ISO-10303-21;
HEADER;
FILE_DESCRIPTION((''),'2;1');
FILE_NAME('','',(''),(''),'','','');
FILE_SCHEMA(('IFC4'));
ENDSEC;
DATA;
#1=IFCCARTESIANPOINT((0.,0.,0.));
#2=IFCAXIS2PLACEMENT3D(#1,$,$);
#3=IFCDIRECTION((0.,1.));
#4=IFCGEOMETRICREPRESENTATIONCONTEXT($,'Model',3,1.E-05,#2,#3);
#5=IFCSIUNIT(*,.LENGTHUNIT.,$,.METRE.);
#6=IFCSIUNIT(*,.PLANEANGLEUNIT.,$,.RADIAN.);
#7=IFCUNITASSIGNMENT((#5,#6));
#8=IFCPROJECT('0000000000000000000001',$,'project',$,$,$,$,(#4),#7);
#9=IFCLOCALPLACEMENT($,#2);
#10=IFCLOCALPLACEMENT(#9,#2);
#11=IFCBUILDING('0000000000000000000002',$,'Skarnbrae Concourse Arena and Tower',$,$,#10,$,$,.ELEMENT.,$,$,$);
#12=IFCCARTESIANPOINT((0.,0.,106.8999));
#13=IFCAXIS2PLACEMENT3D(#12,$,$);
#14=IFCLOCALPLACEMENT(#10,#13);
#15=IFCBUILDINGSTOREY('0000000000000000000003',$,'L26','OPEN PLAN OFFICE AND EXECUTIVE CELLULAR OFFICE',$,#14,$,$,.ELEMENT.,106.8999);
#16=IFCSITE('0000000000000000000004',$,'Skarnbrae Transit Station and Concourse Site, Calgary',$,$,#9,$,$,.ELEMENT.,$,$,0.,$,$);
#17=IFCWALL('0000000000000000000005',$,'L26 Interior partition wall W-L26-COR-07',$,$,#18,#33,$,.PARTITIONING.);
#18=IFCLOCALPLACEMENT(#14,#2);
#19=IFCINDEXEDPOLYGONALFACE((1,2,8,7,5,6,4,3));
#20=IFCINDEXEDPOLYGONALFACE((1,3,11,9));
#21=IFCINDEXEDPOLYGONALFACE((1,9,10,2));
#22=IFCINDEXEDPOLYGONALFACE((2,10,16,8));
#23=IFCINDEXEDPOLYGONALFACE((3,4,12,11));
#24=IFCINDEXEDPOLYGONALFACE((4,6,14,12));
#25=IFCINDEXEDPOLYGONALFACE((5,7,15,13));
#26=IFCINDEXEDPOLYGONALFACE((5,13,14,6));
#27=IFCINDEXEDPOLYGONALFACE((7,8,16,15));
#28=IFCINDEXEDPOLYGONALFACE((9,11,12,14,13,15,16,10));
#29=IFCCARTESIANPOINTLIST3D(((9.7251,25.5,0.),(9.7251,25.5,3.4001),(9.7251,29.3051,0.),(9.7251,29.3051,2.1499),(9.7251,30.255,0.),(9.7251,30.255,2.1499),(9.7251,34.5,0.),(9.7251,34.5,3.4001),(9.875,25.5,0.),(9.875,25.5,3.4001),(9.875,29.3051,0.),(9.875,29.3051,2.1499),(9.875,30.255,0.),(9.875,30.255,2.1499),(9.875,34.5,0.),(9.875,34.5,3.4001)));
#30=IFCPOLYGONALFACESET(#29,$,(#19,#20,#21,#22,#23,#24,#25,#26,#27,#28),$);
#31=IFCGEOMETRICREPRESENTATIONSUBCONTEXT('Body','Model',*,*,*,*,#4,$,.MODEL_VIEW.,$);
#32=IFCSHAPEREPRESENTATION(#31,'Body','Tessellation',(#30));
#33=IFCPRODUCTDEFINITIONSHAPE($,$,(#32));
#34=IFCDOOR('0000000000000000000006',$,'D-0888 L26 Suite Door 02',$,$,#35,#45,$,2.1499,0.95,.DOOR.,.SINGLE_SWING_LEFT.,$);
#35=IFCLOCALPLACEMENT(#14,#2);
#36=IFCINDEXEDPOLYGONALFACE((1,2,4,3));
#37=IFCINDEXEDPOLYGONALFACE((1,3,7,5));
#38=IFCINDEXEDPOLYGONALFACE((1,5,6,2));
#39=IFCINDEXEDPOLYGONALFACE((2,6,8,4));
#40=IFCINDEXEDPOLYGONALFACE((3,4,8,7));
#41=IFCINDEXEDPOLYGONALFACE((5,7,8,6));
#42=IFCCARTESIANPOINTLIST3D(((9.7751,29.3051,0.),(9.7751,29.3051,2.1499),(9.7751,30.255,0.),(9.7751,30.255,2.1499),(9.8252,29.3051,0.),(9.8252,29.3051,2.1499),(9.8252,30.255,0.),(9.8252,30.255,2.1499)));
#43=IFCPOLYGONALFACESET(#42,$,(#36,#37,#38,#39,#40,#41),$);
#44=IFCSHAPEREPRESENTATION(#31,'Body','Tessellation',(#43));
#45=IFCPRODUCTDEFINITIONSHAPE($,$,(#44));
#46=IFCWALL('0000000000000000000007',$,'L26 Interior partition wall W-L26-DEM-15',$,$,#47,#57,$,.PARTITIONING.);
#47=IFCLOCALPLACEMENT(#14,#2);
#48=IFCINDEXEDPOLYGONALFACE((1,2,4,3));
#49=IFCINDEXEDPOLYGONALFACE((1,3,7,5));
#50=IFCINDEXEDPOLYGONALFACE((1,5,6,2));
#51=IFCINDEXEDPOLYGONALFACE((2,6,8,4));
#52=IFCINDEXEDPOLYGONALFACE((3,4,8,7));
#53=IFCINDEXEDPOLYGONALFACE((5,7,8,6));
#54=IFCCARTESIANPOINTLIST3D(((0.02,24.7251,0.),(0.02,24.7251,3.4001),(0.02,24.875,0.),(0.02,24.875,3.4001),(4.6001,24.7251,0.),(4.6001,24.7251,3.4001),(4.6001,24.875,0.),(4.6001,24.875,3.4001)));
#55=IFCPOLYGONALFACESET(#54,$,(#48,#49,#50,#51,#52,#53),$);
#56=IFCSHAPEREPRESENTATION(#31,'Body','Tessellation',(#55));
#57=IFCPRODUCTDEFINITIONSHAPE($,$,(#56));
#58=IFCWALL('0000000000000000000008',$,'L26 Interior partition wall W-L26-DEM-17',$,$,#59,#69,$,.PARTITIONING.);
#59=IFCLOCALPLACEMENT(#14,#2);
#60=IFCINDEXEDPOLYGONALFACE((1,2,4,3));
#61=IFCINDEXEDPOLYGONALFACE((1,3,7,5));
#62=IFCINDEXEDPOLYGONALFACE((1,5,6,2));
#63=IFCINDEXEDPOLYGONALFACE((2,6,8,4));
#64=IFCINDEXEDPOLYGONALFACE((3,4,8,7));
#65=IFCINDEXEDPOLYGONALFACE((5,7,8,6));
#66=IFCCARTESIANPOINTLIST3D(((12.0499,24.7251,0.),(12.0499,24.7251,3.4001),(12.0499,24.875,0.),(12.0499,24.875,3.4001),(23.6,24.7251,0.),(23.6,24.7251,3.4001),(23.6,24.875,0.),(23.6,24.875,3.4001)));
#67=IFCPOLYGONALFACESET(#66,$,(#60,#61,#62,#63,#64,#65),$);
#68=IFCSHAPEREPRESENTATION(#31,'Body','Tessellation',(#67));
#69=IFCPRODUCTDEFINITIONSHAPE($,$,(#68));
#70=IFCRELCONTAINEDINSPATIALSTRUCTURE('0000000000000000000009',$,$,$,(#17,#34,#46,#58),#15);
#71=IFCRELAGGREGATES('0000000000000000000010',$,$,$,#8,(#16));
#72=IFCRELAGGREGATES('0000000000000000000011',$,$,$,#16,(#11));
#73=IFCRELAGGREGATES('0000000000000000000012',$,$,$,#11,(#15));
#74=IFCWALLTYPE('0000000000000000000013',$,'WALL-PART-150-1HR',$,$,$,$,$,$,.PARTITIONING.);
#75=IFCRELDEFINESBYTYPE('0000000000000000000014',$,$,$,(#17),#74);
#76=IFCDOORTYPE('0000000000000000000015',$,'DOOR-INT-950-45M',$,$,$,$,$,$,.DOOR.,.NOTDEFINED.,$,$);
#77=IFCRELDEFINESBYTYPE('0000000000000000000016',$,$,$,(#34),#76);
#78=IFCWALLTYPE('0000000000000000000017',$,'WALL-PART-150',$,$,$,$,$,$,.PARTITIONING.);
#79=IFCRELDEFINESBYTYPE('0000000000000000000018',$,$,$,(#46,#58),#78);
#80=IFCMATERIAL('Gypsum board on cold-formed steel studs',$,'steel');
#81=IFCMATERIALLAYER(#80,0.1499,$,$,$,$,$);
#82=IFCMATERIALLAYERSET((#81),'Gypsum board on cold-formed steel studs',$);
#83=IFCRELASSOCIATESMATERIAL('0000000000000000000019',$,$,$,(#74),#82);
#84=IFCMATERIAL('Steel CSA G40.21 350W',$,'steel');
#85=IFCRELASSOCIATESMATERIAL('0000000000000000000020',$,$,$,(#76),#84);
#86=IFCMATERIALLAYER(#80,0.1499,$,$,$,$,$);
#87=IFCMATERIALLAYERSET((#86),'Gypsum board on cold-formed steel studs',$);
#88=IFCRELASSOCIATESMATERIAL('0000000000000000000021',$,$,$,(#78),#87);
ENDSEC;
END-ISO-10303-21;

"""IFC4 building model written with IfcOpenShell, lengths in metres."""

from ifc_helpers import new_model, si_unit, direction, frame, frame_2d, origin, place, context, subcontext, project, spatial, rectangle, extrude, source, transform, mapped, material, layer, layer_set, type_object, element, fill, save


model = new_model("IFC4")

# Units and contexts
model_context = context("Model", 3, precision=1e-05, world=origin(), true_north=direction((0.0, 1.0)))
body_context = subcontext(model_context, "Body", "Model", "MODEL_VIEW")
ifc_project = project(units=[si_unit("LENGTHUNIT", "METRE"), si_unit("PLANEANGLEUNIT", "RADIAN")], contexts=[model_context])

# Site, building, storey
site_placement = place(None, origin())
site = spatial("IfcSite", under=ifc_project, at=site_placement, Name="Skarnbrae Transit Station and Concourse Site, Calgary", CompositionType="ELEMENT", RefElevation=0.0)
building_placement = place(site_placement, origin())
building = spatial("IfcBuilding", under=site, at=building_placement, Name="Skarnbrae Concourse Arena and Tower", CompositionType="ELEMENT")
storey_placement = place(building_placement, frame((0.0, 0.0, 106.8999)))
storey = spatial("IfcBuildingStorey", under=building, at=storey_placement, Name="L26", Description="OPEN PLAN OFFICE AND EXECUTIVE CELLULAR OFFICE", CompositionType="ELEMENT", Elevation=106.8999)

# Shared definitions
ifc_material_1 = material(Name="Steel CSA G40.21 350W", Category="steel")

# Shared definitions
ifc_material_2 = material(Name="Gypsum board on cold-formed steel studs", Category="steel")
ifc_layer_1 = layer(ifc_material_2, 0.1499)
ifc_layer_set_1 = layer_set([ifc_layer_1], Name="Gypsum board on cold-formed steel studs")
wall_type_1 = type_object("IfcWallType", Name="WALL-PART-150-1HR", PredefinedType="PARTITIONING", material=ifc_layer_set_1)

# Wall, opening, door
shared_shape_1 = source(origin(), body_context, "Body", "SweptSolid", [
    extrude(rectangle(XDim=9.0, YDim=0.1499, at=frame_2d((4.5, 0.0))), origin(), (0.0, 0.0, 1.0), 3.4001),
])
wall_1_placement = place(storey_placement, frame((9.8, 25.5, 0.0), z_axis=(0.0, 0.0, 1.0), x_axis=(0.0, 1.0, 0.0)))
wall_1 = element("IfcWall", 1, at=wall_1_placement, inside=storey, type_object=wall_type_1, Name="L26 Interior partition wall W-L26-COR-07", PredefinedType="PARTITIONING", context=body_context, shape_type="MappedRepresentation", body=[
    mapped(shared_shape_1, transform((0.0, 0.0, 0.0))),
])
opening_placement = place(wall_1_placement, frame((3.8049, 0.0, 0.0)))
opening = element("IfcOpeningElement", 2, at=opening_placement, cuts=wall_1, PredefinedType="OPENING", context=body_context, shape_type="SweptSolid", body=[
    extrude(rectangle(XDim=0.95, YDim=2.1499, at=frame_2d((0.4751, 1.075))), frame((0.0, 0.085, 0.0), z_axis=(0.0, -1.0, 0.0), x_axis=(1.0, 0.0, 0.0)), (0.0, 0.0, 1.0), 0.1699),
])
door_type = type_object("IfcDoorType", Name="DOOR-INT-950-45M", OperationType="NOTDEFINED", PredefinedType="DOOR", material=ifc_material_1)
shared_shape_2 = source(origin(), body_context, "Body", "SweptSolid", [
    extrude(rectangle(XDim=0.95, YDim=2.1499, at=frame_2d((0.4751, 1.075))), frame((0.0, 0.0249, 0.0), z_axis=(0.0, -1.0, 0.0), x_axis=(1.0, 0.0, 0.0)), (0.0, 0.0, 1.0), 0.05),
])
door_placement = place(opening_placement, origin())
door = element("IfcDoor", 3, at=door_placement, inside=storey, type_object=door_type, Name="D-0888 L26 Suite Door 02", OperationType="SINGLE_SWING_LEFT", OverallHeight=2.1499, OverallWidth=0.95, PredefinedType="DOOR", context=body_context, shape_type="MappedRepresentation", body=[
    mapped(shared_shape_2, transform((0.0, 0.0, 0.0))),
])
fill(opening, door)

# Walls
ifc_layer_2 = layer(ifc_material_2, 0.1499)
ifc_layer_set_2 = layer_set([ifc_layer_2], Name="Gypsum board on cold-formed steel studs")
wall_type_2 = type_object("IfcWallType", Name="WALL-PART-150", PredefinedType="PARTITIONING", material=ifc_layer_set_2)
shared_shape_3 = source(origin(), body_context, "Body", "SweptSolid", [
    extrude(rectangle(XDim=4.5801, YDim=0.1499, at=frame_2d((2.29, 0.0))), origin(), (0.0, 0.0, 1.0), 3.4001),
])
wall_2_placement = place(storey_placement, frame((0.02, 24.8, 0.0), z_axis=(0.0, 0.0, 1.0), x_axis=(1.0, 0.0, 0.0)))
element("IfcWall", 4, at=wall_2_placement, inside=storey, type_object=wall_type_2, Name="L26 Interior partition wall W-L26-DEM-15", PredefinedType="PARTITIONING", context=body_context, shape_type="MappedRepresentation", body=[
    mapped(shared_shape_3, transform((0.0, 0.0, 0.0))),
])
shared_shape_4 = source(origin(), body_context, "Body", "SweptSolid", [
    extrude(rectangle(XDim=11.55, YDim=0.1499, at=frame_2d((5.7749, 0.0))), origin(), (0.0, 0.0, 1.0), 3.4001),
])
wall_3_placement = place(storey_placement, frame((12.05, 24.8, 0.0), z_axis=(0.0, 0.0, 1.0), x_axis=(1.0, 0.0, 0.0)))
element("IfcWall", 5, at=wall_3_placement, inside=storey, type_object=wall_type_2, Name="L26 Interior partition wall W-L26-DEM-17", PredefinedType="PARTITIONING", context=body_context, shape_type="MappedRepresentation", body=[
    mapped(shared_shape_4, transform((0.0, 0.0, 0.0))),
])

save(model, "model.ifc")
